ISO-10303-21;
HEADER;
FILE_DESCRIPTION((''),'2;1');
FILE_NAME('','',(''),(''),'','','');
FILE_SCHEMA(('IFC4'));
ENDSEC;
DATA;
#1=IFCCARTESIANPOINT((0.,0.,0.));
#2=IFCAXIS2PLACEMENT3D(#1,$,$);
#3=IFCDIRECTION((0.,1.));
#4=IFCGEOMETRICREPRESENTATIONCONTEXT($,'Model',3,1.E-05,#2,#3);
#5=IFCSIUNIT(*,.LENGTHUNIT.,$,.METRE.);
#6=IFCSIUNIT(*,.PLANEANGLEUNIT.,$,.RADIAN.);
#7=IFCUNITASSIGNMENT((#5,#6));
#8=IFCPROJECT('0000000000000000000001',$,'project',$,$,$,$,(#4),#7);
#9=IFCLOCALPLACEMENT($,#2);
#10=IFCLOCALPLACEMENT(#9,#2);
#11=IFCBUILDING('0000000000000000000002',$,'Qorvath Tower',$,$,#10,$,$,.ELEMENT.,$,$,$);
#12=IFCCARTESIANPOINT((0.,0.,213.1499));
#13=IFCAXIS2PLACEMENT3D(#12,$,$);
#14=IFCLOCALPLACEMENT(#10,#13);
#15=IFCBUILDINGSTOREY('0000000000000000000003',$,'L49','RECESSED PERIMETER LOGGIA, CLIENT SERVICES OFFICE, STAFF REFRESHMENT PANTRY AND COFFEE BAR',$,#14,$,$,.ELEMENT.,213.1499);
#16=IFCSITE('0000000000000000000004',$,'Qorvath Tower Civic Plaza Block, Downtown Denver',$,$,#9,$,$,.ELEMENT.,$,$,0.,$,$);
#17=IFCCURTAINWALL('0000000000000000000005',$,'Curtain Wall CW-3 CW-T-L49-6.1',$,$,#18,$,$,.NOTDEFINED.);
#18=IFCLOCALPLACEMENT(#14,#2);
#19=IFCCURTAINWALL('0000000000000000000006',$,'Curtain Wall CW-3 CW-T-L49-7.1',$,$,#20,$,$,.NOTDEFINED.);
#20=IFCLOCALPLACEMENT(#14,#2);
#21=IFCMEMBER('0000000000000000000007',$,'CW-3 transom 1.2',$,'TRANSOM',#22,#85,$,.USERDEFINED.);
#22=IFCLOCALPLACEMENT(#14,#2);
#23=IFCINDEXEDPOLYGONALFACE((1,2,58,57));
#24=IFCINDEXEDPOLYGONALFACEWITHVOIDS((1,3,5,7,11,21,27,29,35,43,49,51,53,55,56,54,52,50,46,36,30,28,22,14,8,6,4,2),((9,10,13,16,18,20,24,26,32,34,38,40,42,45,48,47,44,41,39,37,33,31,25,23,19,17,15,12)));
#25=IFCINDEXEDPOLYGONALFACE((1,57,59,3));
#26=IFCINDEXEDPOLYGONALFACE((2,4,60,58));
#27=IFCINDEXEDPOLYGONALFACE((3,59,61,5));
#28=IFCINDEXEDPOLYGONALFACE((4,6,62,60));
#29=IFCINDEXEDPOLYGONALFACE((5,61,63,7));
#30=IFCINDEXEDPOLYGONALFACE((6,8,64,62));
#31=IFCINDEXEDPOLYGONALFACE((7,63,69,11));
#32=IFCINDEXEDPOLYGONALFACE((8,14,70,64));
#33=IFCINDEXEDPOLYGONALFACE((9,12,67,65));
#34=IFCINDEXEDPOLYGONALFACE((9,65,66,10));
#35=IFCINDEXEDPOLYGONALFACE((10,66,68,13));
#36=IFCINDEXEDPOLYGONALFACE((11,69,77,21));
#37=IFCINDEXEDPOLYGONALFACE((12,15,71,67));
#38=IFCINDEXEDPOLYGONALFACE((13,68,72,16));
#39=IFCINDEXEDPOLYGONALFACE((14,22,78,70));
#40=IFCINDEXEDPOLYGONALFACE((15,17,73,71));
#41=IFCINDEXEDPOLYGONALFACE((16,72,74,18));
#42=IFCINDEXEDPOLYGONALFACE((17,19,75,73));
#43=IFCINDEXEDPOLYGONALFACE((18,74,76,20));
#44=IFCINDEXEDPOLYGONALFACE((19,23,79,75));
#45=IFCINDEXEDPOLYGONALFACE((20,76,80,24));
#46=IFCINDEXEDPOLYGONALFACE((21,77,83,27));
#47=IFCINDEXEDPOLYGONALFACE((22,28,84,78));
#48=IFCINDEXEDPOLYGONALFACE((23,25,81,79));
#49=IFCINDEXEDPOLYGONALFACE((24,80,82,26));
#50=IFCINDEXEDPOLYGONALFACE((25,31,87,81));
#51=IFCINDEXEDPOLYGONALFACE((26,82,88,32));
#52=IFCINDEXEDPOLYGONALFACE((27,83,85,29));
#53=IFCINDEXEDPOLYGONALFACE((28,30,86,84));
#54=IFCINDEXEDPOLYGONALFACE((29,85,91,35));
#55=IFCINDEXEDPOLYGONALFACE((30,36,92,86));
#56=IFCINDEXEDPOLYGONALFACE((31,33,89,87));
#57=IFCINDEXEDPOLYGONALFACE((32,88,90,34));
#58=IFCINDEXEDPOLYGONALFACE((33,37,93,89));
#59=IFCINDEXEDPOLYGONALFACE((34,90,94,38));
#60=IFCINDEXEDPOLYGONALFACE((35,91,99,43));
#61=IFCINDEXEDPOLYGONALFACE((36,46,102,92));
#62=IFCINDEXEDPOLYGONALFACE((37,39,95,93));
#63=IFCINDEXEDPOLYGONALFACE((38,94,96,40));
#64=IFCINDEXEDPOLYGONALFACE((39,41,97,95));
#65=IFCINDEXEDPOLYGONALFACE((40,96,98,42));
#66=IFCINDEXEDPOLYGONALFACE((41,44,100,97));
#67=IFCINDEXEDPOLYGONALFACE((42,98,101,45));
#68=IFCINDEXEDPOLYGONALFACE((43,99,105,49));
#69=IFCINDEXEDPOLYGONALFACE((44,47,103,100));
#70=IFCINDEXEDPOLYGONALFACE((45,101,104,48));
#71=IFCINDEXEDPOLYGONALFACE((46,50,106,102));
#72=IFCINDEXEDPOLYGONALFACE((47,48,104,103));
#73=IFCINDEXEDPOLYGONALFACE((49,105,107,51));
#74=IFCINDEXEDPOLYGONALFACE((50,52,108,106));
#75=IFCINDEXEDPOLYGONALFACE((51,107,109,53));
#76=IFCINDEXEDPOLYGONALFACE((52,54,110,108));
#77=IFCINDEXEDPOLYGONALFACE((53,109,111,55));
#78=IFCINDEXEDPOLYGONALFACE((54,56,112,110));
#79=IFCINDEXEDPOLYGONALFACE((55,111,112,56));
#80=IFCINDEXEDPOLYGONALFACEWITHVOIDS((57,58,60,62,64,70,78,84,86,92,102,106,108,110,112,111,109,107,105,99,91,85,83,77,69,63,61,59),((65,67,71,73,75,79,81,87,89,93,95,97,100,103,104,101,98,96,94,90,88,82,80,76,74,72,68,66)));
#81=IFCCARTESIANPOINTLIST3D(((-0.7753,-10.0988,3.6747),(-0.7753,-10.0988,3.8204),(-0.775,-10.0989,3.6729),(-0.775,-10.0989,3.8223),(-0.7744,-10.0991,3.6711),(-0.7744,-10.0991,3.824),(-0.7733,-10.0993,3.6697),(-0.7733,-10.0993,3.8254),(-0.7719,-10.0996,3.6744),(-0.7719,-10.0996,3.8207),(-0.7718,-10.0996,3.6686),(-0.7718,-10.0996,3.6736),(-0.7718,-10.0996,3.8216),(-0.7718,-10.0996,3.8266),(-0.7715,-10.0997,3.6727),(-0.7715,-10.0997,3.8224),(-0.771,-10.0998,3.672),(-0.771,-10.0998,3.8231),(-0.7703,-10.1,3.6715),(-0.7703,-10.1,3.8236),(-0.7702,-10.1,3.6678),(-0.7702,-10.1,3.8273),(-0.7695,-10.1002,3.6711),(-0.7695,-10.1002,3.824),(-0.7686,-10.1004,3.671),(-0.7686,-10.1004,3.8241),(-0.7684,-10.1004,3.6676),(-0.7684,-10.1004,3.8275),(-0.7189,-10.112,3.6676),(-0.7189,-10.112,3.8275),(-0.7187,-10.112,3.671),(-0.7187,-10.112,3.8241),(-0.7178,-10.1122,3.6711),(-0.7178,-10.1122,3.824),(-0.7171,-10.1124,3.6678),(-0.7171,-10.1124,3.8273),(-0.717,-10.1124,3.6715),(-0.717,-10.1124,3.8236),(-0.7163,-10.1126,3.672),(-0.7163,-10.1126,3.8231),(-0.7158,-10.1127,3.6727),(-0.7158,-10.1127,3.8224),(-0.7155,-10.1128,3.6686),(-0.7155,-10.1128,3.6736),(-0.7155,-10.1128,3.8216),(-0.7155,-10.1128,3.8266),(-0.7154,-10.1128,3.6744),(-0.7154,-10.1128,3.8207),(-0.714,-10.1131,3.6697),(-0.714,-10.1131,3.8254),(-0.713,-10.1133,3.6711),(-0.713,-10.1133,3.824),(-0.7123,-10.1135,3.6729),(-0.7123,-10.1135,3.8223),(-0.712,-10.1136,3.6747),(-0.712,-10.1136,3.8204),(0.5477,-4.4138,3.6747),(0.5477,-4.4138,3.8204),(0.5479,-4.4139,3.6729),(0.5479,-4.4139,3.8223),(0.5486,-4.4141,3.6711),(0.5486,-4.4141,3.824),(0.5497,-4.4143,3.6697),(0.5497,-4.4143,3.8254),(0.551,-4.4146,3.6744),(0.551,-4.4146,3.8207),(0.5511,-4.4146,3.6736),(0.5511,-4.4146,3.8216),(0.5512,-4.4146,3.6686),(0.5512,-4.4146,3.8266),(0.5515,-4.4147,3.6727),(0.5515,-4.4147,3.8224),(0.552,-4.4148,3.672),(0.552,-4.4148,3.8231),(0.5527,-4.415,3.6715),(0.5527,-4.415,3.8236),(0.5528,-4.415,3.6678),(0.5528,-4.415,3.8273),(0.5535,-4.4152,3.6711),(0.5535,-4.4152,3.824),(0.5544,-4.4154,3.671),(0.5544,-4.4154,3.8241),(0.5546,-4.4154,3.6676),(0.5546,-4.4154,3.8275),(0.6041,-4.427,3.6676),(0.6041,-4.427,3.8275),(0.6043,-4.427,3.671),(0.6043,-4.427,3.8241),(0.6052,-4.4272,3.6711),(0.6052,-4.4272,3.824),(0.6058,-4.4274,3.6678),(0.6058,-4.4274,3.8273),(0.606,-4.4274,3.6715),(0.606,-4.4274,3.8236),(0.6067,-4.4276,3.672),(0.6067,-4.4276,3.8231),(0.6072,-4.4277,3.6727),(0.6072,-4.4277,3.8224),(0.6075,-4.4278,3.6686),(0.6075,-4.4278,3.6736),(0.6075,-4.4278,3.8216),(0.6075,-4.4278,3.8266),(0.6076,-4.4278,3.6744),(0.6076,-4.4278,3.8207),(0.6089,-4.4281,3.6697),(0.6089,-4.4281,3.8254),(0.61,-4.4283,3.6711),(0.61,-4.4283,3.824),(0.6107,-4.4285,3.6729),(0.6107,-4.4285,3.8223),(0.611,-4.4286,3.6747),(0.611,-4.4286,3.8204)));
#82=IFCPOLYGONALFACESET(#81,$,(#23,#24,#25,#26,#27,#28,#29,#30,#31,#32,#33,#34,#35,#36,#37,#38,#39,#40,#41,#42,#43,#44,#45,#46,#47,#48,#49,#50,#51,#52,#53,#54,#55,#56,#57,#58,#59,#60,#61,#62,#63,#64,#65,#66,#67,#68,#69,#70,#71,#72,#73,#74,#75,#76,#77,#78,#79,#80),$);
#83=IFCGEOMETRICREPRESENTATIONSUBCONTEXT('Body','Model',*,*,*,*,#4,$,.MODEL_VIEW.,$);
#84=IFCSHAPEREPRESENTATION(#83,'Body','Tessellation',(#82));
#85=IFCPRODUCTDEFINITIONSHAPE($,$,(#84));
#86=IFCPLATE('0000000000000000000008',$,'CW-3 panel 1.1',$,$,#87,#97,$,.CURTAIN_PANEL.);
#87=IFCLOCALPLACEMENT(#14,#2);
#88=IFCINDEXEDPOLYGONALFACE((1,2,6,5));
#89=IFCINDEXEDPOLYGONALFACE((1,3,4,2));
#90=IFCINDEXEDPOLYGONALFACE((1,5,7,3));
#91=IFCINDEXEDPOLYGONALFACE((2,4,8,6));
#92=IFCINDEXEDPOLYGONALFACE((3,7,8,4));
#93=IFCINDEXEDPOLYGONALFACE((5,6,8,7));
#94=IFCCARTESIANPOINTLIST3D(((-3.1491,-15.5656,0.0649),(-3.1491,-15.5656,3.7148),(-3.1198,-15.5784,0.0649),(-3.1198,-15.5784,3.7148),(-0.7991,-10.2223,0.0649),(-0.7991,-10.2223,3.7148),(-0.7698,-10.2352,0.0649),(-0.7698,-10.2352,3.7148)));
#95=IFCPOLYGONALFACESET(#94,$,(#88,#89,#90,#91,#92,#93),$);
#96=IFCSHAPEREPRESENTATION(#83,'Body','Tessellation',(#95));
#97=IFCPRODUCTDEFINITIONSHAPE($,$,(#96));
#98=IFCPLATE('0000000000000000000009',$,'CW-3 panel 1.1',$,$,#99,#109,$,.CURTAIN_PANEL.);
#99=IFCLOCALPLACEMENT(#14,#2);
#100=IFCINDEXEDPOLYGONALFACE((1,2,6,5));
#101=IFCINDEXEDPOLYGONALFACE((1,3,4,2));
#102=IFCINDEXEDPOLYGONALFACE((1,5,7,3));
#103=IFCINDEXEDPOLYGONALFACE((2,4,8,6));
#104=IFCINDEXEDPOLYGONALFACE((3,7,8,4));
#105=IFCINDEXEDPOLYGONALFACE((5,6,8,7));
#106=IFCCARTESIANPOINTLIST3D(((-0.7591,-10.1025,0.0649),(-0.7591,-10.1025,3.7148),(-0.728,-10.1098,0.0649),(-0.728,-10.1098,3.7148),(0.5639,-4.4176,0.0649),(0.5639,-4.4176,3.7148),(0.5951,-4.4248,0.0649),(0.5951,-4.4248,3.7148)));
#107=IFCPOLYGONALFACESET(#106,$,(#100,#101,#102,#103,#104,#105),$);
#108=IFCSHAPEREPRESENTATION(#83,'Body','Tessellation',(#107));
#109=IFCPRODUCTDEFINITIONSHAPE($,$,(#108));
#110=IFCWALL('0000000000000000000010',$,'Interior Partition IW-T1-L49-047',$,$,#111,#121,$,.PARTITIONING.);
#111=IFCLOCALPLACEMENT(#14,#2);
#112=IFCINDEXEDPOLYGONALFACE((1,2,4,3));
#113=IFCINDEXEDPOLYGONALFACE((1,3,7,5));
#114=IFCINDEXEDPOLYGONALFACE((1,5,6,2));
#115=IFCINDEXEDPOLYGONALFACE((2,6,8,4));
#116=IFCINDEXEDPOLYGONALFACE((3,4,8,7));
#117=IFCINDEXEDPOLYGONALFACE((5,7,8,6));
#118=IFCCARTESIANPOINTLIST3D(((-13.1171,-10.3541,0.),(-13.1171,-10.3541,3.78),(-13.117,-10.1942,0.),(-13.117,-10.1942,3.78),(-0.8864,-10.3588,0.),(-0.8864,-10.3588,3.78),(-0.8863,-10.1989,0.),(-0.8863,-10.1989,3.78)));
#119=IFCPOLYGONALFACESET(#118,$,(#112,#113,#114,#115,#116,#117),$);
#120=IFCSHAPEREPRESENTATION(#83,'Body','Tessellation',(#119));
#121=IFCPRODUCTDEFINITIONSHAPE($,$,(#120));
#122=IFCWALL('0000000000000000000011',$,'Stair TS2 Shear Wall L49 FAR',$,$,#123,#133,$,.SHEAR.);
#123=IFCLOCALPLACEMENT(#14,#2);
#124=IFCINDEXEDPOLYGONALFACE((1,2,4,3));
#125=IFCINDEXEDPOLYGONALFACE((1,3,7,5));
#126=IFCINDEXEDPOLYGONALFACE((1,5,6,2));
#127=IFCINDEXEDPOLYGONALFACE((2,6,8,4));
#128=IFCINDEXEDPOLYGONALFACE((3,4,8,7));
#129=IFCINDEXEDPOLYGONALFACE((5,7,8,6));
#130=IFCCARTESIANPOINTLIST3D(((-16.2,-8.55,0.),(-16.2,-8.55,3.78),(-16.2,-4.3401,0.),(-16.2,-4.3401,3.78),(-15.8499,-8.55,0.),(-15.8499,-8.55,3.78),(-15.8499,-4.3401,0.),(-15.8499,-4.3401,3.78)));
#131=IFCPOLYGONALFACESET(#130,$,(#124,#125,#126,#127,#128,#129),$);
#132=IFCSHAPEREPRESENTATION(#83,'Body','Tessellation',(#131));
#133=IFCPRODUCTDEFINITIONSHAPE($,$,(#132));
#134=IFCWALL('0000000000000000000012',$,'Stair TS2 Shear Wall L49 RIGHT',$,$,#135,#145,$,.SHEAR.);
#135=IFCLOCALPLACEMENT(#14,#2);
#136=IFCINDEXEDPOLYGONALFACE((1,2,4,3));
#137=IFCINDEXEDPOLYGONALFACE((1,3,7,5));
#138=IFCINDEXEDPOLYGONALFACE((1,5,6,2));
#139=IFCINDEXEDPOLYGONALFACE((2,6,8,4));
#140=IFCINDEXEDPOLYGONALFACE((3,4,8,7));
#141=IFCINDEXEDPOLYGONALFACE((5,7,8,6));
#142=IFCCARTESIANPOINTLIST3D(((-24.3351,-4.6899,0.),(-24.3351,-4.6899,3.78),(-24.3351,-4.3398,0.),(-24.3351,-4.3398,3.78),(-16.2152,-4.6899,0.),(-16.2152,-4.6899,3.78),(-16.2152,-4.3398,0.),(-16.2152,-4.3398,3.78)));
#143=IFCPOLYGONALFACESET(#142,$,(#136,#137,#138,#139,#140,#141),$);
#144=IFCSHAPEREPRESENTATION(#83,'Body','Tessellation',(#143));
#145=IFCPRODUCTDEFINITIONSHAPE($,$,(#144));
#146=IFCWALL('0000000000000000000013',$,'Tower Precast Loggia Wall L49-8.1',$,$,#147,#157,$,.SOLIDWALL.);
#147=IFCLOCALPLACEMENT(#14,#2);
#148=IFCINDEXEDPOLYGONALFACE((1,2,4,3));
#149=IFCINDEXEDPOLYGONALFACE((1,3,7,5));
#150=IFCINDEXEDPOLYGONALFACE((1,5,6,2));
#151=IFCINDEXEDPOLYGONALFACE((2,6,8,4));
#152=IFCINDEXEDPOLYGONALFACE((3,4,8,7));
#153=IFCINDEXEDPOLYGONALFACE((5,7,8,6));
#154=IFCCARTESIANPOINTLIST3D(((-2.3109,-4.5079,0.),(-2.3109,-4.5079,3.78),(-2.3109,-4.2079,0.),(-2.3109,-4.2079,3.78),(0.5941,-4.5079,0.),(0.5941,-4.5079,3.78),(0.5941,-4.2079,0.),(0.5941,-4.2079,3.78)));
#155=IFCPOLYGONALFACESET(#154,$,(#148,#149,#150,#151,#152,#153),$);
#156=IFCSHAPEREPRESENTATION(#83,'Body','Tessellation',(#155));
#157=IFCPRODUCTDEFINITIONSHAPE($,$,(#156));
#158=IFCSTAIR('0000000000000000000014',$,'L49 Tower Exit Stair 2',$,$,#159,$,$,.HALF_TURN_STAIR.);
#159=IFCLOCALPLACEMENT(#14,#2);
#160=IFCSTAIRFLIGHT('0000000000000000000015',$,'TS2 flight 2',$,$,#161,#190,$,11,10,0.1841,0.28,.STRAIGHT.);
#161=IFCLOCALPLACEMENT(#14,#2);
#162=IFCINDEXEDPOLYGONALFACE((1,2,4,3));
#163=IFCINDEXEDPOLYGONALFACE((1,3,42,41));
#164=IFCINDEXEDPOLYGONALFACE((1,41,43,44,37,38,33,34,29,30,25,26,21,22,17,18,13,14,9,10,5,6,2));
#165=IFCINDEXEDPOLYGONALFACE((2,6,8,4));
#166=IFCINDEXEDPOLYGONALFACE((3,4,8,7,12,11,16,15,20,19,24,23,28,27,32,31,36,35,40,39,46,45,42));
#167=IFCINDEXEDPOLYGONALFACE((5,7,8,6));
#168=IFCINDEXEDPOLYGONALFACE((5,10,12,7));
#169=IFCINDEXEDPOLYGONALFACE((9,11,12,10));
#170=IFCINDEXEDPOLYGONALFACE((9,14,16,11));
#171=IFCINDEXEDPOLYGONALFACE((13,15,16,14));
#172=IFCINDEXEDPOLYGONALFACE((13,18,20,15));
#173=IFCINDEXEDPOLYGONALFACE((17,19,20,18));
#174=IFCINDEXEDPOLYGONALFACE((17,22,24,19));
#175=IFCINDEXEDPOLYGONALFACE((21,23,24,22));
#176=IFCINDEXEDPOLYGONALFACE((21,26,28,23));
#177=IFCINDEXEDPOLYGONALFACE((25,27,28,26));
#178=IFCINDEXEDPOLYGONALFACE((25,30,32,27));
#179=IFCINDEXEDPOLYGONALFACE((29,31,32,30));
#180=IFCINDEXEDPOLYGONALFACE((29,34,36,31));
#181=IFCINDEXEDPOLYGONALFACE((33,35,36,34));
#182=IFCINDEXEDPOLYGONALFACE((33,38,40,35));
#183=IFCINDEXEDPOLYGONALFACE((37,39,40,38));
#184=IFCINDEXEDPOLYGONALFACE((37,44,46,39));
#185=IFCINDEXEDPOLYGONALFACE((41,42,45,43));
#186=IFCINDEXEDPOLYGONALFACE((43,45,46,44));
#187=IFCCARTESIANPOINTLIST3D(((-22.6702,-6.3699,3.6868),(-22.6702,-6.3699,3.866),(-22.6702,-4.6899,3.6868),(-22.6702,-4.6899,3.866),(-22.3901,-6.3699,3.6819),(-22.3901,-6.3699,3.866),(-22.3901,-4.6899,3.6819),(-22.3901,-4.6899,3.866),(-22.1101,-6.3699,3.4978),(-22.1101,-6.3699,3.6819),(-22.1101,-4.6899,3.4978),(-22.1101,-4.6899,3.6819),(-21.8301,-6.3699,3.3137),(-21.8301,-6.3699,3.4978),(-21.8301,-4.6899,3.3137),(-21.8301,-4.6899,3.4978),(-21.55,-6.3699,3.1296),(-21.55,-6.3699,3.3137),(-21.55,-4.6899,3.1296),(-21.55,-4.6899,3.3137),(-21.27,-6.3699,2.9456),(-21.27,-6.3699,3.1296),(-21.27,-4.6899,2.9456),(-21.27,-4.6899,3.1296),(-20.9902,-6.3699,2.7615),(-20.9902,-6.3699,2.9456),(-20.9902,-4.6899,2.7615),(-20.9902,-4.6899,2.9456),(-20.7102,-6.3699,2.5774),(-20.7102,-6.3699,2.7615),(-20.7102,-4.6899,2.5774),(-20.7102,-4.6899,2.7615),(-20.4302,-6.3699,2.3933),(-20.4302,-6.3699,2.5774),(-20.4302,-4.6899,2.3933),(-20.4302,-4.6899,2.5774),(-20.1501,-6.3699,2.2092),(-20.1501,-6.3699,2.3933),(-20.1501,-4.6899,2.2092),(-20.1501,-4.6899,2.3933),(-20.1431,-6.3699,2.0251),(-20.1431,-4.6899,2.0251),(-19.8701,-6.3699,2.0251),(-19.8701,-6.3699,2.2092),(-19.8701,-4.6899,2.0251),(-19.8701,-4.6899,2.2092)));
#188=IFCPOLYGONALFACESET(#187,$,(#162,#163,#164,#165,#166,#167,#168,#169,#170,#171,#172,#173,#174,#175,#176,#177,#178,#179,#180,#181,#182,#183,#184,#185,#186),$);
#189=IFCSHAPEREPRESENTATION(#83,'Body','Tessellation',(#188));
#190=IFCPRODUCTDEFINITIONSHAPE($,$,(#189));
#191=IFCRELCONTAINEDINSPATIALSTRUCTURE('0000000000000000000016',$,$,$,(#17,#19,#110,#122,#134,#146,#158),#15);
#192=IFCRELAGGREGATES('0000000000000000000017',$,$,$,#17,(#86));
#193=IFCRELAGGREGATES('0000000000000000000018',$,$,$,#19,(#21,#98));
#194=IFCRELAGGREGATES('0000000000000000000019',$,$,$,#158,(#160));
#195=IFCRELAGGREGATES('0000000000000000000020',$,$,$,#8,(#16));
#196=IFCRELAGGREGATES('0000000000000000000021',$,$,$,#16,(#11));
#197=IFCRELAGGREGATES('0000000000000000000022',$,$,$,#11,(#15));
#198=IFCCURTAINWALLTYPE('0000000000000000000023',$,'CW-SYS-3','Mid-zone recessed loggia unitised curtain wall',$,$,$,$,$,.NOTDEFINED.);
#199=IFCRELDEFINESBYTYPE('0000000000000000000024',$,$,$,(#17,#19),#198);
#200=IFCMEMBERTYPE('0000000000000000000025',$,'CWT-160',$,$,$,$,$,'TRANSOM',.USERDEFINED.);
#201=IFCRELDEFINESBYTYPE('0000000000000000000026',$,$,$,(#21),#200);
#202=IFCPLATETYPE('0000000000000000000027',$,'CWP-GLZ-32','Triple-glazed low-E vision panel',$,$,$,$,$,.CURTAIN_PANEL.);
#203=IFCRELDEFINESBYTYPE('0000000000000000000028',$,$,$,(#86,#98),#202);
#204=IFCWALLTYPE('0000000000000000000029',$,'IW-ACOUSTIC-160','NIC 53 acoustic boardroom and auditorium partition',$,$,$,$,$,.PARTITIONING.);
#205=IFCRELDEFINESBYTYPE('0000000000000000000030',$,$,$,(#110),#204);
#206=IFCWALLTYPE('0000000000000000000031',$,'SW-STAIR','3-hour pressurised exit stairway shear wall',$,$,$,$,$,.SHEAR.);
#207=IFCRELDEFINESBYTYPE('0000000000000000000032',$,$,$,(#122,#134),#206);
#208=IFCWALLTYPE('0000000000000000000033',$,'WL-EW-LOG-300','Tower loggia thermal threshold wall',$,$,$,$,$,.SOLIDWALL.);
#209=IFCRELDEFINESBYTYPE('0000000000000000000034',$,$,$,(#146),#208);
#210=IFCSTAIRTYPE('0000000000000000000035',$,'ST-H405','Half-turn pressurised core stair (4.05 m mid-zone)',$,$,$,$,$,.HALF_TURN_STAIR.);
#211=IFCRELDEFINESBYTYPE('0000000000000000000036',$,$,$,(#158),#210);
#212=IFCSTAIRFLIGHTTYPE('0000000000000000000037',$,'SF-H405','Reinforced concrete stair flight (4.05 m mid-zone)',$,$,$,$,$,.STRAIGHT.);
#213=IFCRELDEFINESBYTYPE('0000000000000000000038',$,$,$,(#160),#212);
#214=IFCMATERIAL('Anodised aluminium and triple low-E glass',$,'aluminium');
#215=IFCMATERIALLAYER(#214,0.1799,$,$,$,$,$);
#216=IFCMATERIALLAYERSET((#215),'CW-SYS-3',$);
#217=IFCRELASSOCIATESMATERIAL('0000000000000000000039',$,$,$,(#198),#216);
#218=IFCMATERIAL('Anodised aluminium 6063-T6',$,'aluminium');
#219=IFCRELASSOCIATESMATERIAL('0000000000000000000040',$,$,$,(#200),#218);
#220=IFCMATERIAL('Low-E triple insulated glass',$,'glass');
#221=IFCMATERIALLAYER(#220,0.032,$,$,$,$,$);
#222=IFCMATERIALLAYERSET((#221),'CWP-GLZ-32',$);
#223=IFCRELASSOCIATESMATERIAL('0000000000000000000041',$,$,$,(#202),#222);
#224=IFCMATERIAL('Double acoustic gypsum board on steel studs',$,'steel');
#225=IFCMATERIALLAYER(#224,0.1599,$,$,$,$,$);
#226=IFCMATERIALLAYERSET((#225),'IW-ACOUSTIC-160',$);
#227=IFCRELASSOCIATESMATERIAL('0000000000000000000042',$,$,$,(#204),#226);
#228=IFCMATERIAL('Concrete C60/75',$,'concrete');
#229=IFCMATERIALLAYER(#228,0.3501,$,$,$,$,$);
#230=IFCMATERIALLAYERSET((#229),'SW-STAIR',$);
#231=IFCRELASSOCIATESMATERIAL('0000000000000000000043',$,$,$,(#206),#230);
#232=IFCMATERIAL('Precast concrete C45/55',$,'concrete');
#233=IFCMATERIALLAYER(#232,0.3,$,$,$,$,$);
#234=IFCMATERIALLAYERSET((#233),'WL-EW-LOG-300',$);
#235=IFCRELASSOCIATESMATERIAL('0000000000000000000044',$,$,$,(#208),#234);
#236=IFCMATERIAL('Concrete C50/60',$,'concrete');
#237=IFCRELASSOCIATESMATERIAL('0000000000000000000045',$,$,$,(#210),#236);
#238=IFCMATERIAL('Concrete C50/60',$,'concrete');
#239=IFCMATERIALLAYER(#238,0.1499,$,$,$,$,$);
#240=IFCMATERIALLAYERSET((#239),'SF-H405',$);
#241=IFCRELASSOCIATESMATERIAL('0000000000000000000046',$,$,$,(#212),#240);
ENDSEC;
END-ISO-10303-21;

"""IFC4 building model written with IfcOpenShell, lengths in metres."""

from ifc_helpers import new_model, si_unit, direction, frame, frame_2d, origin, origin_2d, place, context, subcontext, project, spatial, polyline, rectangle, hollow_rectangle, outline, extrude, material, layer, layer_set, material_profile, profile_set, type_object, element, aggregate, save


model = new_model("IFC4")

# Units and contexts
model_context = context("Model", 3, precision=1e-05, world=origin(), true_north=direction((0.0, 1.0)))
body_context = subcontext(model_context, "Body", "Model", "MODEL_VIEW")
ifc_project = project(units=[si_unit("LENGTHUNIT", "METRE"), si_unit("PLANEANGLEUNIT", "RADIAN")], contexts=[model_context])

# Site, building, storey
site_placement = place(None, origin())
site = spatial("IfcSite", under=ifc_project, at=site_placement, Name="Qorvath Tower Civic Plaza Block, Downtown Denver", CompositionType="ELEMENT", RefElevation=0.0)
building_placement = place(site_placement, origin())
building = spatial("IfcBuilding", under=site, at=building_placement, Name="Qorvath Tower", CompositionType="ELEMENT")
storey_placement = place(building_placement, frame((0.0, 0.0, 213.1499)))
storey = spatial("IfcBuildingStorey", under=building, at=storey_placement, Name="L49", Description="RECESSED PERIMETER LOGGIA, CLIENT SERVICES OFFICE, STAFF REFRESHMENT PANTRY AND COFFEE BAR", CompositionType="ELEMENT", Elevation=213.1499)

# Curtain wall
ifc_material_1 = material(Name="Anodised aluminium and triple low-E glass", Category="aluminium")
ifc_layer_1 = layer(ifc_material_1, 0.1799)
ifc_layer_set_1 = layer_set([ifc_layer_1], Name="CW-SYS-3")
curtain_wall_type = type_object("IfcCurtainWallType", Name="CW-SYS-3", Description="Mid-zone recessed loggia unitised curtain wall", PredefinedType="NOTDEFINED", material=ifc_layer_set_1)
curtain_wall_1_placement = place(storey_placement, origin())
curtain_wall_1 = element("IfcCurtainWall", 1, at=curtain_wall_1_placement, inside=storey, type_object=curtain_wall_type, Name="Curtain Wall CW-3 CW-T-L49-6.1", PredefinedType="NOTDEFINED")

# Curtain wall
curtain_wall_2_placement = place(storey_placement, origin())
curtain_wall_2 = element("IfcCurtainWall", 2, at=curtain_wall_2_placement, inside=storey, type_object=curtain_wall_type, Name="Curtain Wall CW-3 CW-T-L49-7.1", PredefinedType="NOTDEFINED")

# Member
ifc_material_2 = material(Name="Anodised aluminium 6063-T6", Category="aluminium")
ifc_material_profile_1 = material_profile(ifc_material_2, hollow_rectangle(XDim=0.0649, YDim=0.1599, WallThickness=0.0034, InnerFilletRadius=0.0034, OuterFilletRadius=0.0071, at=origin_2d()), Name="CWT 160x65")
ifc_profile_set_1 = profile_set([ifc_material_profile_1], Name="Anodised aluminium 6063-T6")
member_type_1 = type_object("IfcMemberType", Name="CWT-160", ElementType="TRANSOM", PredefinedType="USERDEFINED", material=ifc_profile_set_1)
member_1_placement = place(storey_placement, frame((-0.7437, -10.1062, 3.7476), z_axis=(0.226658, 0.973974, 0.0), x_axis=(-0.973974, 0.226658, 0.0)))
member_1 = element("IfcMember", 3, at=member_1_placement, type_object=member_type_1, Name="CW-3 transom 1.2", ObjectType="TRANSOM", PredefinedType="USERDEFINED", context=body_context, shape_type="SweptSolid", body=[
    extrude(hollow_rectangle(XDim=0.0649, YDim=0.1599, WallThickness=0.0034, InnerFilletRadius=0.0034, OuterFilletRadius=0.0071, at=origin_2d()), origin(), (0.0, 0.0, 1.0), 5.8369),
])

# Plates
ifc_material_3 = material(Name="Low-E triple insulated glass", Category="glass")
ifc_layer_2 = layer(ifc_material_3, 0.032)
ifc_layer_set_2 = layer_set([ifc_layer_2], Name="CWP-GLZ-32")
plate_type = type_object("IfcPlateType", Name="CWP-GLZ-32", Description="Triple-glazed low-E vision panel", PredefinedType="CURTAIN_PANEL", material=ifc_layer_set_2)
plate_1_placement = place(storey_placement, frame((-1.9595, -12.9004, 0.0649), z_axis=(0.0, 0.0, 1.0), x_axis=(0.402589, 0.915381, 0.0)))
plate_1 = element("IfcPlate", 4, at=plate_1_placement, type_object=plate_type, Name="CW-3 panel 1.1", PredefinedType="CURTAIN_PANEL", context=body_context, shape_type="SweptSolid", body=[
    extrude(rectangle(XDim=5.8372, YDim=0.032, at=origin_2d()), origin(), (0.0, 0.0, 1.0), 3.6499),
])
aggregate(curtain_wall_1, [plate_1])
plate_2_placement = place(storey_placement, frame((-0.082, -7.2637, 0.0649), z_axis=(0.0, 0.0, 1.0), x_axis=(0.226671, 0.973971, 0.0)))
plate_2 = element("IfcPlate", 5, at=plate_2_placement, type_object=plate_type, Name="CW-3 panel 1.1", PredefinedType="CURTAIN_PANEL", context=body_context, shape_type="SweptSolid", body=[
    extrude(rectangle(XDim=5.8369, YDim=0.032, at=origin_2d()), origin(), (0.0, 0.0, 1.0), 3.6499),
])
aggregate(curtain_wall_2, [member_1, plate_2])

# Wall
ifc_material_4 = material(Name="Double acoustic gypsum board on steel studs", Category="steel")
ifc_layer_3 = layer(ifc_material_4, 0.1599)
ifc_layer_set_3 = layer_set([ifc_layer_3], Name="IW-ACOUSTIC-160")
wall_type_1 = type_object("IfcWallType", Name="IW-ACOUSTIC-160", Description="NIC 53 acoustic boardroom and auditorium partition", PredefinedType="PARTITIONING", material=ifc_layer_set_3)
wall_1_placement = place(storey_placement, frame((-0.8865, -10.2788, 0.0), z_axis=(0.0, 0.0, 1.0), x_axis=(-1.0, 0.000379, 0.0)))
element("IfcWall", 6, at=wall_1_placement, inside=storey, type_object=wall_type_1, Name="Interior Partition IW-T1-L49-047", PredefinedType="PARTITIONING", context=body_context, shape_type="SweptSolid", body=[
    extrude(rectangle(XDim=12.2307, YDim=0.1599, at=frame_2d((6.1152, 0.0))), origin(), (0.0, 0.0, 1.0), 3.78),
])

# Walls
ifc_material_5 = material(Name="Concrete C60/75", Category="concrete")
ifc_layer_4 = layer(ifc_material_5, 0.3501)
ifc_layer_set_4 = layer_set([ifc_layer_4], Name="SW-STAIR")
wall_type_2 = type_object("IfcWallType", Name="SW-STAIR", Description="3-hour pressurised exit stairway shear wall", PredefinedType="SHEAR", material=ifc_layer_set_4)
wall_2_placement = place(storey_placement, frame((-16.0249, -8.55, 0.0), z_axis=(0.0, 0.0, 1.0), x_axis=(0.0, 1.0, 0.0)))
element("IfcWall", 7, at=wall_2_placement, inside=storey, type_object=wall_type_2, Name="Stair TS2 Shear Wall L49 FAR", PredefinedType="SHEAR", context=body_context, shape_type="SweptSolid", body=[
    extrude(rectangle(XDim=4.21, YDim=0.3501, at=frame_2d((2.105, 0.0))), origin(), (0.0, 0.0, 1.0), 3.78),
])
wall_3_placement = place(storey_placement, frame((-16.2151, -4.5149, 0.0), z_axis=(0.0, 0.0, 1.0), x_axis=(-1.0, 0.0, 0.0)))
element("IfcWall", 8, at=wall_3_placement, inside=storey, type_object=wall_type_2, Name="Stair TS2 Shear Wall L49 RIGHT", PredefinedType="SHEAR", context=body_context, shape_type="SweptSolid", body=[
    extrude(rectangle(XDim=8.1199, YDim=0.3501, at=frame_2d((4.0601, 0.0))), origin(), (0.0, 0.0, 1.0), 3.78),
])
ifc_material_6 = material(Name="Precast concrete C45/55", Category="concrete")
ifc_layer_5 = layer(ifc_material_6, 0.3)
ifc_layer_set_5 = layer_set([ifc_layer_5], Name="WL-EW-LOG-300")
wall_type_3 = type_object("IfcWallType", Name="WL-EW-LOG-300", Description="Tower loggia thermal threshold wall", PredefinedType="SOLIDWALL", material=ifc_layer_set_5)
wall_4_placement = place(storey_placement, frame((0.5942, -4.3579, 0.0), z_axis=(0.0, 0.0, 1.0), x_axis=(-1.0, 0.0, 0.0)))
element("IfcWall", 9, at=wall_4_placement, inside=storey, type_object=wall_type_3, Name="Tower Precast Loggia Wall L49-8.1", PredefinedType="SOLIDWALL", context=body_context, shape_type="SweptSolid", body=[
    extrude(rectangle(XDim=2.905, YDim=0.3, at=frame_2d((1.4526, 0.0))), origin(), (0.0, 0.0, 1.0), 3.78),
])

# Stair, stair flight
ifc_material_7 = material(Name="Concrete C50/60", Category="concrete")
stair_type = type_object("IfcStairType", Name="ST-H405", Description="Half-turn pressurised core stair (4.05 m mid-zone)", PredefinedType="HALF_TURN_STAIR", material=ifc_material_7)
stair_placement = place(storey_placement, origin())
stair = element("IfcStair", 10, at=stair_placement, inside=storey, type_object=stair_type, Name="L49 Tower Exit Stair 2", PredefinedType="HALF_TURN_STAIR")
ifc_material_8 = material(Name="Concrete C50/60", Category="concrete")
ifc_layer_6 = layer(ifc_material_8, 0.1499)
ifc_layer_set_6 = layer_set([ifc_layer_6], Name="SF-H405")
stair_flight_type = type_object("IfcStairFlightType", Name="SF-H405", Description="Reinforced concrete stair flight (4.05 m mid-zone)", PredefinedType="STRAIGHT", material=ifc_layer_set_6)
stair_flight_placement = place(storey_placement, frame((-19.8701, -5.53, 2.0251), z_axis=(0.0, 0.0, 1.0), x_axis=(-1.0, 0.0, 0.0)))
stair_flight = element("IfcStairFlight", 11, at=stair_flight_placement, type_object=stair_flight_type, Name="TS2 flight 2", NumberOfRisers=11, NumberOfTreads=10, PredefinedType="STRAIGHT", RiserHeight=0.1841, TreadLength=0.28, context=body_context, shape_type="SweptSolid", body=[
    extrude(outline(polyline([(0.0, 0.0), (0.0, 0.1841), (0.28, 0.1841), (0.28, 0.3682), (0.5601, 0.3682), (0.5601, 0.5522), (0.8401, 0.5522), (0.8401, 0.7363), (1.1201, 0.7363), (1.1201, 0.9204), (1.3999, 0.9204), (1.3999, 1.1045), (1.6799, 1.1045), (1.6799, 1.2886), (1.96, 1.2886), (1.96, 1.4727), (2.24, 1.4727), (2.24, 1.6567), (2.52, 1.6567), (2.52, 1.8408), (2.8, 1.8408), (2.8, 2.0249), (2.8, 1.6616), (0.2729, 0.0), (0.0, 0.0)])), frame((0.0, 0.8398, 0.0), z_axis=(0.0, -1.0, 0.0), x_axis=(1.0, 0.0, 0.0)), (0.0, 0.0, 1.0), 1.6799),
])
aggregate(stair, [stair_flight])

save(model, "model.ifc")
